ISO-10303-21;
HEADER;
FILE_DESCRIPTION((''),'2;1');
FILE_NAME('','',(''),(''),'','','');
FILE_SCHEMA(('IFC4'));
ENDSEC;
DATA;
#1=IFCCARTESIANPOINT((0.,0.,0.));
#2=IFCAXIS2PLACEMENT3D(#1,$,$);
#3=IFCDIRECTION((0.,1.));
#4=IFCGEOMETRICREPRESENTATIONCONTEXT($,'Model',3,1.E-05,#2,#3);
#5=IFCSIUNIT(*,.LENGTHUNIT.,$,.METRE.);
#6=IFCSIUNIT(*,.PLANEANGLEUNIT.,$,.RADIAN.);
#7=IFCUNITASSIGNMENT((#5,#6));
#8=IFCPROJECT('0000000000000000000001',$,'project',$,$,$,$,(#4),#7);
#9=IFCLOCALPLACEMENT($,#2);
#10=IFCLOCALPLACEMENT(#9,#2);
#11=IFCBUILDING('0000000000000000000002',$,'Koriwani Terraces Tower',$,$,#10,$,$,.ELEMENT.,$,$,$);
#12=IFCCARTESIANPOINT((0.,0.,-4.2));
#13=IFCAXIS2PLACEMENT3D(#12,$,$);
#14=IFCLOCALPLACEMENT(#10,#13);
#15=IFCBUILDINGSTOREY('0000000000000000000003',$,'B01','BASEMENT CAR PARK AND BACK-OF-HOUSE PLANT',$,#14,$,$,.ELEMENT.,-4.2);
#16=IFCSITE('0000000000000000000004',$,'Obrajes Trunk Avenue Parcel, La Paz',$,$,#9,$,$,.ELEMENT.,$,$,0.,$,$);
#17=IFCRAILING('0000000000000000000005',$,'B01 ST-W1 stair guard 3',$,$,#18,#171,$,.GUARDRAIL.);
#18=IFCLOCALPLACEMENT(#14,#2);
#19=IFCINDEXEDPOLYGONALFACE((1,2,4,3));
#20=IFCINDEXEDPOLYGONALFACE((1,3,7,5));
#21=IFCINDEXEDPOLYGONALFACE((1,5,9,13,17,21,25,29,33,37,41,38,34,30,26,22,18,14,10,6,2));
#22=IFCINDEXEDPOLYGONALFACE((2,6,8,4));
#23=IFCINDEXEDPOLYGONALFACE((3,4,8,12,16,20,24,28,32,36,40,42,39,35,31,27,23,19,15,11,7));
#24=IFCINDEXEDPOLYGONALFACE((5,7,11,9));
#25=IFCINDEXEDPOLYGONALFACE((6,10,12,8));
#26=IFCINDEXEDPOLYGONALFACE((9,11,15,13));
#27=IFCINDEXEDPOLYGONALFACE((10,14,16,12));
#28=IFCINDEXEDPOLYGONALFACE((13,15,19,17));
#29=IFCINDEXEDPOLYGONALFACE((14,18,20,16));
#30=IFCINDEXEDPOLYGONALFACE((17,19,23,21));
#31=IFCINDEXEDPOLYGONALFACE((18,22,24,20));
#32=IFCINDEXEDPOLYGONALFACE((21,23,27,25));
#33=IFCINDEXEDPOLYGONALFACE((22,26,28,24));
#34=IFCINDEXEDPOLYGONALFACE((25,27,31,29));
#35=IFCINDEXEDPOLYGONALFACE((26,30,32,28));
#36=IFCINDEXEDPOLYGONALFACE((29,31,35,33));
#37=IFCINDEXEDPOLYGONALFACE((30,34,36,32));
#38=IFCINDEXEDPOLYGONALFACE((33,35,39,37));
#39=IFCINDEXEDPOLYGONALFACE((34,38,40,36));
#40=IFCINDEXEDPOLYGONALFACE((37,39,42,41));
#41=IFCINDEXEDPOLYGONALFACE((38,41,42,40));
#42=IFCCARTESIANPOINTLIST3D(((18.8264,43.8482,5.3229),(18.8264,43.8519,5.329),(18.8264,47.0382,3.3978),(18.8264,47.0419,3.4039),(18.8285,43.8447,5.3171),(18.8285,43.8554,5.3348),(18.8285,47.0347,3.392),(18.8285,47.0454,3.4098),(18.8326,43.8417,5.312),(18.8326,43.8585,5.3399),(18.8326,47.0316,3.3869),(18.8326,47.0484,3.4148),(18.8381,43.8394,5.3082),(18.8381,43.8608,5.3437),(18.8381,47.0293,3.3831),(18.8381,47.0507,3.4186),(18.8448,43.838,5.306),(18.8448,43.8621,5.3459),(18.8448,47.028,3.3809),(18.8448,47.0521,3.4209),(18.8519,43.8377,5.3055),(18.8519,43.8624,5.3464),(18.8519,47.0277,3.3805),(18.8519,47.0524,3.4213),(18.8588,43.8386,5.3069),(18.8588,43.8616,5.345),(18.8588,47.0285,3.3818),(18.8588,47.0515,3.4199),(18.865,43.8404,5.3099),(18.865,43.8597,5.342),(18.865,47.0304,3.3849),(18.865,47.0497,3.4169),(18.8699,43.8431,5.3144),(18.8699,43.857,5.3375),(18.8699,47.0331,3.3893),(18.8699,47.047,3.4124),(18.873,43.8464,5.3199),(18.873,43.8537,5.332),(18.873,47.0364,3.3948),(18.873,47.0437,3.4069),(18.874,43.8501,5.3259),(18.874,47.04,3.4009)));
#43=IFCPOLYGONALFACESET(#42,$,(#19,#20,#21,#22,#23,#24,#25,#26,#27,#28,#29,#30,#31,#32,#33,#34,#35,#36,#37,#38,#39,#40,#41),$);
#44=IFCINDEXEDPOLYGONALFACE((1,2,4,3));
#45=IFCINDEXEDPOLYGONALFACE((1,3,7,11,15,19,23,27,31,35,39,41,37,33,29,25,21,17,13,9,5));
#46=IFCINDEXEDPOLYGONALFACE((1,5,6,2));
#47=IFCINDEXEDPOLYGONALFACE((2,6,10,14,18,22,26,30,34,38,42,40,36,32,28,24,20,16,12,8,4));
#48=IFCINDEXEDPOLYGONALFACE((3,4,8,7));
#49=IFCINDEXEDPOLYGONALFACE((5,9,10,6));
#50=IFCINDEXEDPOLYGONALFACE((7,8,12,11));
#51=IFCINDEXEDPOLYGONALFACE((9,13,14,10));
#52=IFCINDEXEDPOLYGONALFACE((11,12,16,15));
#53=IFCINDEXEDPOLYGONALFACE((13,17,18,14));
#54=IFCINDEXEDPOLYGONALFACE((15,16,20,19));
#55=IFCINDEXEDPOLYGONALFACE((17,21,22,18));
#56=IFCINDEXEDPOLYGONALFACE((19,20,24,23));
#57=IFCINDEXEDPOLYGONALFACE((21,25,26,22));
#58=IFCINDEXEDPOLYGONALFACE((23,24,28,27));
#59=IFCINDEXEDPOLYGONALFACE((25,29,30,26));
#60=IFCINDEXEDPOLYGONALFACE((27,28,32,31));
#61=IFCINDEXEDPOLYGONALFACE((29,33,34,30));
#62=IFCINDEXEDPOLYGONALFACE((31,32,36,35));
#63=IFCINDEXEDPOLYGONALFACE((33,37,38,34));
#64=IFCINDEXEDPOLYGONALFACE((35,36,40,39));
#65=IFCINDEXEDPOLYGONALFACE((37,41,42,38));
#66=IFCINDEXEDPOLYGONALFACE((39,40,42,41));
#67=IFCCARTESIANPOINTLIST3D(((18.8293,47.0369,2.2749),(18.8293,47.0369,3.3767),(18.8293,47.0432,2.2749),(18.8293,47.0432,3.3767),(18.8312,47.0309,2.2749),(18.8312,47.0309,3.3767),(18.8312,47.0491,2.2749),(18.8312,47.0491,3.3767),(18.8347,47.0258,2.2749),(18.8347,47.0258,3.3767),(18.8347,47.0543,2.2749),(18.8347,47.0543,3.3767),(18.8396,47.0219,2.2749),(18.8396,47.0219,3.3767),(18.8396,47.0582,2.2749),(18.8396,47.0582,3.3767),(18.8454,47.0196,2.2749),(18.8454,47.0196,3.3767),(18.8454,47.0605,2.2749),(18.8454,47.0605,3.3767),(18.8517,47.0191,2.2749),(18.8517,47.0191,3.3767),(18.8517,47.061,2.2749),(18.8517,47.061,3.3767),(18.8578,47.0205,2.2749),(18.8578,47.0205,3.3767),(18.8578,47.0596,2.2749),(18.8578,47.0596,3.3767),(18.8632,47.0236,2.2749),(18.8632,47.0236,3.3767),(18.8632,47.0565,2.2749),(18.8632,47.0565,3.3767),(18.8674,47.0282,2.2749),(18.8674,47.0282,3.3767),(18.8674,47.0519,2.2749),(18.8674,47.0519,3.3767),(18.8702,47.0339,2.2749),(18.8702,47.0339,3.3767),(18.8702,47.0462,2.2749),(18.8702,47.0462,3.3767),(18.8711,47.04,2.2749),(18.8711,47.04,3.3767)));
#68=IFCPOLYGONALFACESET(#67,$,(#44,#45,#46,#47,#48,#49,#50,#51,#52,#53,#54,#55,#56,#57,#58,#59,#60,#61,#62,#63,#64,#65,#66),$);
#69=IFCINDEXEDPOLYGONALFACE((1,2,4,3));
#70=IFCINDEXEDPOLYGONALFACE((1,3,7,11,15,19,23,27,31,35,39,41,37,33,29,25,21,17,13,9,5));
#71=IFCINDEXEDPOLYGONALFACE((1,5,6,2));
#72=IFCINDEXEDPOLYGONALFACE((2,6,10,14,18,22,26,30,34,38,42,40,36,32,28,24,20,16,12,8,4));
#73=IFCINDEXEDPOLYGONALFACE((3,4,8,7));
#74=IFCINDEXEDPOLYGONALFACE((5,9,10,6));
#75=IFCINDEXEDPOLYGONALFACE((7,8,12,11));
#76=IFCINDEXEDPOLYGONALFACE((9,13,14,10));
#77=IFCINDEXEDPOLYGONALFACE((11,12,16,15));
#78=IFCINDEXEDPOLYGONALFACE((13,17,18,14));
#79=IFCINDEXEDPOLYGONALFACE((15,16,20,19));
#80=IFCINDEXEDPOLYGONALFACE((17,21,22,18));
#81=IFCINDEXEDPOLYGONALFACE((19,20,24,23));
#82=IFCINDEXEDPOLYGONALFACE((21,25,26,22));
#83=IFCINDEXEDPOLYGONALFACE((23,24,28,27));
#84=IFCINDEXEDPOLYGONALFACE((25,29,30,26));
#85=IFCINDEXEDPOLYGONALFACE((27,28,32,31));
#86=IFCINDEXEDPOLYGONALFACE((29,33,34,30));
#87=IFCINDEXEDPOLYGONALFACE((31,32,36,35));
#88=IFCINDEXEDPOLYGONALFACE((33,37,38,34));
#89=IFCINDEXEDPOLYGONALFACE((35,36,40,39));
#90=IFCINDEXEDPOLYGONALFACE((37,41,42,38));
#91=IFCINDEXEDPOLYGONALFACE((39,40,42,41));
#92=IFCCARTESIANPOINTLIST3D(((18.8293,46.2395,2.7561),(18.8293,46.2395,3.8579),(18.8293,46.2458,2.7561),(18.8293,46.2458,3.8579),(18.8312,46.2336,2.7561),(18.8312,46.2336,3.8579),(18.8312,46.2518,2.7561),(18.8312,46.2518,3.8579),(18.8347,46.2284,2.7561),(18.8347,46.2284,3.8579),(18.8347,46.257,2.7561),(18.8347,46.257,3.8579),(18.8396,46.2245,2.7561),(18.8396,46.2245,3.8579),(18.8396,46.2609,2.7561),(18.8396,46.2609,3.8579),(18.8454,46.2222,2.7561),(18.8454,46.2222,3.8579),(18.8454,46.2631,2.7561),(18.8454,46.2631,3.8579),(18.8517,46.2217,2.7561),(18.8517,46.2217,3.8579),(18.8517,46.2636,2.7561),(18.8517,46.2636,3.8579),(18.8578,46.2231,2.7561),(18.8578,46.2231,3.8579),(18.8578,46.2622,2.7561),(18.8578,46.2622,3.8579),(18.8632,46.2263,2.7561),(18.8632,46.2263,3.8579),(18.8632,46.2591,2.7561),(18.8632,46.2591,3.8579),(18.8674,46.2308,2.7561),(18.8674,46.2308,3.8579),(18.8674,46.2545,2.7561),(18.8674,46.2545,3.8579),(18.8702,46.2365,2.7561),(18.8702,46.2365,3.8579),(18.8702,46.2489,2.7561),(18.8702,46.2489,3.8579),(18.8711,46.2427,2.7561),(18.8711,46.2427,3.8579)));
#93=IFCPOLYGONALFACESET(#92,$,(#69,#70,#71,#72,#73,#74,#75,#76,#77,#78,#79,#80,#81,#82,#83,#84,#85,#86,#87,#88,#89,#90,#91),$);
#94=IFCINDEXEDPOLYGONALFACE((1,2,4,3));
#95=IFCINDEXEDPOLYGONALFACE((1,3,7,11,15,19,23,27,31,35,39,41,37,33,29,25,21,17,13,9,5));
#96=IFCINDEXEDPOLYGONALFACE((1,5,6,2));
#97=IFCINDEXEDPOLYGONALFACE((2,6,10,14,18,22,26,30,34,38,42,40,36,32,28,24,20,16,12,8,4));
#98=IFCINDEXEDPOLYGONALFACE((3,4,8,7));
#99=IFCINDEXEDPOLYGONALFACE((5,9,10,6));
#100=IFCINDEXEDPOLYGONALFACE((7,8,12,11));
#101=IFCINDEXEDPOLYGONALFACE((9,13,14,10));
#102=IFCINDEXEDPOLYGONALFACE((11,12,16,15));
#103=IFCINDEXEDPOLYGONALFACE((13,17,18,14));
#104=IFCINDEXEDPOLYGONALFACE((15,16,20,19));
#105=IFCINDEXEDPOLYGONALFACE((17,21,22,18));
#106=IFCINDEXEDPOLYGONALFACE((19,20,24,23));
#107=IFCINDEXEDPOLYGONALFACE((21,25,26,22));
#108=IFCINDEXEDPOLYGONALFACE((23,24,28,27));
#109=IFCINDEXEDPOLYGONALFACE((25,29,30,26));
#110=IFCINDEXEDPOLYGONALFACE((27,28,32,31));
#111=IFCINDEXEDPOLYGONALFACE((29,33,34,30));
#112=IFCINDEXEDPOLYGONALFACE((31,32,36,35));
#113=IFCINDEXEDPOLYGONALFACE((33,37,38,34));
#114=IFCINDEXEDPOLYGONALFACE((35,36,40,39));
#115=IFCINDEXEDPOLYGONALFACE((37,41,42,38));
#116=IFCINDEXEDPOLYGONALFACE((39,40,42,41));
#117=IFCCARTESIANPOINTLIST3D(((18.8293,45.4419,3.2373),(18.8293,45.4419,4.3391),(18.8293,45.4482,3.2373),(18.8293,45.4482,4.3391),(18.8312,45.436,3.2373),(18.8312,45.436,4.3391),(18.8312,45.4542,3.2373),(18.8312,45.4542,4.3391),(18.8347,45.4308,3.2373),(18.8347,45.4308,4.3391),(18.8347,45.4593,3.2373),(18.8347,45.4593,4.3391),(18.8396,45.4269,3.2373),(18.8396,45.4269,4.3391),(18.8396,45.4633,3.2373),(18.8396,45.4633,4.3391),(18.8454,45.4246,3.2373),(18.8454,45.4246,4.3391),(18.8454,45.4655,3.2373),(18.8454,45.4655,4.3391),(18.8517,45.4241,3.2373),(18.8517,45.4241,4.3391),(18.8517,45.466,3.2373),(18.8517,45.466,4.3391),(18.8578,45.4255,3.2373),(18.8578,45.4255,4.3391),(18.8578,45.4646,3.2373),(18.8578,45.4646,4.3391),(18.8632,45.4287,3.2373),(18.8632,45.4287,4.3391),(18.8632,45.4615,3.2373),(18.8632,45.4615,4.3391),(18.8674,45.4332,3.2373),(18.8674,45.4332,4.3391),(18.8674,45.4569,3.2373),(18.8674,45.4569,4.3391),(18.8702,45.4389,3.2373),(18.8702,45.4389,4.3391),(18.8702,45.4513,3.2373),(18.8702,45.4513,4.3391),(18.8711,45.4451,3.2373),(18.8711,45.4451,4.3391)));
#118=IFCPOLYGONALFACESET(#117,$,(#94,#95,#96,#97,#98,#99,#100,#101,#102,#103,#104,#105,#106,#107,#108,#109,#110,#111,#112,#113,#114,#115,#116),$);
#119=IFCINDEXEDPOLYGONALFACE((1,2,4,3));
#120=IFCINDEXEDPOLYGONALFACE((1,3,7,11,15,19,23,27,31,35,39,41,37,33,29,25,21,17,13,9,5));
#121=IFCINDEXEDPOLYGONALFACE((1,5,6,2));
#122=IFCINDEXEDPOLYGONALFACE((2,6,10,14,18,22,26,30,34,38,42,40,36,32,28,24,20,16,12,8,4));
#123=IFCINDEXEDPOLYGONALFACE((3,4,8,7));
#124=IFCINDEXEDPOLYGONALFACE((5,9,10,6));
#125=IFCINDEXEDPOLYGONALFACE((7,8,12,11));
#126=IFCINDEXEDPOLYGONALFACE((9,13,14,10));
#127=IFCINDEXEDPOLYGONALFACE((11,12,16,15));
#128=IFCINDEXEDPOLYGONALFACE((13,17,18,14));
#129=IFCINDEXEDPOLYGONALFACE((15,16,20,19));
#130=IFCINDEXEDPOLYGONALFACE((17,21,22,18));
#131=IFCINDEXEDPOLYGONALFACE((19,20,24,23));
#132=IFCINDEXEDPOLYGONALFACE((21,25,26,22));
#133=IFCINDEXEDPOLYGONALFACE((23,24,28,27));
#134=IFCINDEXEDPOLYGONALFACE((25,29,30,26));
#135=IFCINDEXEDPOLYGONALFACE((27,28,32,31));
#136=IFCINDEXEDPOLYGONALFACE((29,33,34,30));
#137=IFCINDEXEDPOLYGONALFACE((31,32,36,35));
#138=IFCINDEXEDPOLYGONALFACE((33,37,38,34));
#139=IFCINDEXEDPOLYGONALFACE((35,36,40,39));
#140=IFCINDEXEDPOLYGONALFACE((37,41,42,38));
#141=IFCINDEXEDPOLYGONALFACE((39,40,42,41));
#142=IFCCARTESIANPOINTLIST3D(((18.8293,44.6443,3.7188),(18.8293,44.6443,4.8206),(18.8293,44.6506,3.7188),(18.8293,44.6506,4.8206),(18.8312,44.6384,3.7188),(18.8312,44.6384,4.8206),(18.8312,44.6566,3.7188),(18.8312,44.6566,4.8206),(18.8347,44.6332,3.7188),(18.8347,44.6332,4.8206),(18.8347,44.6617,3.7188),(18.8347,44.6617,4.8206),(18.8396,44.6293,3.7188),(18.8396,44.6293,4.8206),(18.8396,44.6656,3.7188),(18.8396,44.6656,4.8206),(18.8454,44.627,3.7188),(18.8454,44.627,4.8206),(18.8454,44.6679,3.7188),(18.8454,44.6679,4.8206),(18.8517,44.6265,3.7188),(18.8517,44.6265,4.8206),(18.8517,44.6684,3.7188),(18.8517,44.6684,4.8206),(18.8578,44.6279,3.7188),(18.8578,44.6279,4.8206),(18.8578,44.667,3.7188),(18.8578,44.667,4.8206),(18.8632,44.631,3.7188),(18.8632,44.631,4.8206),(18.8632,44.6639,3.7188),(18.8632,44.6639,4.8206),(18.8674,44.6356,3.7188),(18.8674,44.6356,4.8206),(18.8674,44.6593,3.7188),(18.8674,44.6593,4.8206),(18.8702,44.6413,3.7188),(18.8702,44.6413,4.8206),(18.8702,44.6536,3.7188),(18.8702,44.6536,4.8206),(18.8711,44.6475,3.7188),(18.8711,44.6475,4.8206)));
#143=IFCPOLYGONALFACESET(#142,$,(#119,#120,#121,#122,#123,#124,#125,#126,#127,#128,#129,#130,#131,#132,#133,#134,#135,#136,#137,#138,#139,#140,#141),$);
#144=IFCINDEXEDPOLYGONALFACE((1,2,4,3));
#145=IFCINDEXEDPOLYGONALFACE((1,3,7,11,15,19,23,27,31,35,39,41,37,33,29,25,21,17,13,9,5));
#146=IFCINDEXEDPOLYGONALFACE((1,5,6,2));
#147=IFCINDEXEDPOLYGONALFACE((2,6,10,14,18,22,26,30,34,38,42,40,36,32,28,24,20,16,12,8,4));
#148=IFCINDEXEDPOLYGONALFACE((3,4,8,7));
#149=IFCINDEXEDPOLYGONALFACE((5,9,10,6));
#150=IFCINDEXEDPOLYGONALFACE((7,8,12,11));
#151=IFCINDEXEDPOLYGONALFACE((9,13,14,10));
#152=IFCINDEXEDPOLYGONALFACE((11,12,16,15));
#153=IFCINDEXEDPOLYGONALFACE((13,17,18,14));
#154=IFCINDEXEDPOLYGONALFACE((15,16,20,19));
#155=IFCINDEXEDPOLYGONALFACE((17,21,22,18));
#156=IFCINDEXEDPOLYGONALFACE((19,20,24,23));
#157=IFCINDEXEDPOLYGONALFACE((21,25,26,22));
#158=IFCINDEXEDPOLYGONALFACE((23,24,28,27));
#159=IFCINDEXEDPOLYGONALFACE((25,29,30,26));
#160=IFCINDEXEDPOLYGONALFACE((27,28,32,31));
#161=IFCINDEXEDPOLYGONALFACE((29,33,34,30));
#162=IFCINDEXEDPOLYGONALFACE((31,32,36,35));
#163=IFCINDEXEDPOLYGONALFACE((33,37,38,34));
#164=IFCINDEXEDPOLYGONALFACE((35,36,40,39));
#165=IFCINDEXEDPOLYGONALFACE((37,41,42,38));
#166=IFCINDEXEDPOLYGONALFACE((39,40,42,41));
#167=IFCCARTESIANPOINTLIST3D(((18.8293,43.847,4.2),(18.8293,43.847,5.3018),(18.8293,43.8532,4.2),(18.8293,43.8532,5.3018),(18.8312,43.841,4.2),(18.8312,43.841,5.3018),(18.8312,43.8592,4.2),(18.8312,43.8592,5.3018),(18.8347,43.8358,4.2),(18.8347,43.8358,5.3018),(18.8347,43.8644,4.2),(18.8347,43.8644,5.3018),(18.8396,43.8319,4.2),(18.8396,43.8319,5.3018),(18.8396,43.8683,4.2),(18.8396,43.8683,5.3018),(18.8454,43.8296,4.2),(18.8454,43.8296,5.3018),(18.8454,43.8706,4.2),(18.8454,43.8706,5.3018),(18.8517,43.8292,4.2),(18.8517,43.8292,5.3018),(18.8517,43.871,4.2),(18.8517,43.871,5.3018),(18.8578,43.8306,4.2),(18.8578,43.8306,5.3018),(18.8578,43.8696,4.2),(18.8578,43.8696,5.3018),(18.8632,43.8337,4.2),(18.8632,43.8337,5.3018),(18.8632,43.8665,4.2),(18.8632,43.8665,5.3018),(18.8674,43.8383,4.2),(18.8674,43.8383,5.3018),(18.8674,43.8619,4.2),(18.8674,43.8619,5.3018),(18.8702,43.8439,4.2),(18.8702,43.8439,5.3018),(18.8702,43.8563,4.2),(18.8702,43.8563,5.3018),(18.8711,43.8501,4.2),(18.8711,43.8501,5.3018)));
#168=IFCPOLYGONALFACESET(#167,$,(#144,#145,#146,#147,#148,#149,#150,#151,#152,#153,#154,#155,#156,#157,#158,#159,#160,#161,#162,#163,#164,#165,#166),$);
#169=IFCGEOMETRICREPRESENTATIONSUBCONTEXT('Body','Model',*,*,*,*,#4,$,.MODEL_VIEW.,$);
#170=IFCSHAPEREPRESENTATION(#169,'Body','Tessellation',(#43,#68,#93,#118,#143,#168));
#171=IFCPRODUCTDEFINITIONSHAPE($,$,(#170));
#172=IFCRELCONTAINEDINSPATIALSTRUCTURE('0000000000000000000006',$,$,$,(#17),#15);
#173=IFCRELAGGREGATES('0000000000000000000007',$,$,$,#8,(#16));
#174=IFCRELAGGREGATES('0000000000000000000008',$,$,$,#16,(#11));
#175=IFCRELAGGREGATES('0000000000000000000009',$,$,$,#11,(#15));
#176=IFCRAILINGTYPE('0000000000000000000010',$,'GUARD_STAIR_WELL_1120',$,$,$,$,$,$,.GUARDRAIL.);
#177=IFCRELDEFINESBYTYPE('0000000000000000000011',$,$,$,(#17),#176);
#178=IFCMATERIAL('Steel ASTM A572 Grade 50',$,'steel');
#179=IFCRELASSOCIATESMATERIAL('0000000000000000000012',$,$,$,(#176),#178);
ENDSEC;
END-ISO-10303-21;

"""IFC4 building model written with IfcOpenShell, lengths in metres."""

from ifc_helpers import new_model, si_unit, direction, frame, origin, origin_2d, place, context, subcontext, project, spatial, circle, extrude, material, type_object, element, save


model = new_model("IFC4")

# Units and contexts
model_context = context("Model", 3, precision=1e-05, world=origin(), true_north=direction((0.0, 1.0)))
body_context = subcontext(model_context, "Body", "Model", "MODEL_VIEW")
ifc_project = project(units=[si_unit("LENGTHUNIT", "METRE"), si_unit("PLANEANGLEUNIT", "RADIAN")], contexts=[model_context])

# Site, building, storey
site_placement = place(None, origin())
site = spatial("IfcSite", under=ifc_project, at=site_placement, Name="Obrajes Trunk Avenue Parcel, La Paz", CompositionType="ELEMENT", RefElevation=0.0)
building_placement = place(site_placement, origin())
building = spatial("IfcBuilding", under=site, at=building_placement, Name="Koriwani Terraces Tower", CompositionType="ELEMENT")
storey_placement = place(building_placement, frame((0.0, 0.0, -4.2)))
storey = spatial("IfcBuildingStorey", under=building, at=storey_placement, Name="B01", Description="BASEMENT CAR PARK AND BACK-OF-HOUSE PLANT", CompositionType="ELEMENT", Elevation=-4.2)

# Shared definitions
ifc_material_1 = material(Name="Steel ASTM A572 Grade 50", Category="steel")

# Railing
railing_type_1 = type_object("IfcRailingType", Name="GUARD_STAIR_WELL_1120", PredefinedType="GUARDRAIL", material=ifc_material_1)
railing_1_placement = place(storey_placement, frame((18.8501, 47.04, 2.2749)))
element("IfcRailing", 1, at=railing_1_placement, inside=storey, type_object=railing_type_1, Name="B01 ST-W1 stair guard 3", PredefinedType="GUARDRAIL", context=body_context, shape_type="SweptSolid", body=[
    extrude(circle(Radius=0.0239, at=origin_2d()), frame((0.0, 0.0, 1.126), z_axis=(0.0, -0.856178, 0.516682), x_axis=(1.0, 0.0, 0.0)), (0.0, 0.0, 1.0), 3.7258),
    extrude(circle(Radius=0.021, at=origin_2d()), origin(), (0.0, 0.0, 1.0), 1.1018),
    extrude(circle(Radius=0.021, at=origin_2d()), frame((0.0, -0.7974, 0.4812)), (0.0, 0.0, 1.0), 1.1018),
    extrude(circle(Radius=0.021, at=origin_2d()), frame((0.0, -1.595, 0.9624)), (0.0, 0.0, 1.0), 1.1018),
    extrude(circle(Radius=0.021, at=origin_2d()), frame((0.0, -2.3926, 1.4438)), (0.0, 0.0, 1.0), 1.1018),
    extrude(circle(Radius=0.021, at=origin_2d()), frame((0.0, -3.1899, 1.925)), (0.0, 0.0, 1.0), 1.1018),
])

save(model, "model.ifc")
